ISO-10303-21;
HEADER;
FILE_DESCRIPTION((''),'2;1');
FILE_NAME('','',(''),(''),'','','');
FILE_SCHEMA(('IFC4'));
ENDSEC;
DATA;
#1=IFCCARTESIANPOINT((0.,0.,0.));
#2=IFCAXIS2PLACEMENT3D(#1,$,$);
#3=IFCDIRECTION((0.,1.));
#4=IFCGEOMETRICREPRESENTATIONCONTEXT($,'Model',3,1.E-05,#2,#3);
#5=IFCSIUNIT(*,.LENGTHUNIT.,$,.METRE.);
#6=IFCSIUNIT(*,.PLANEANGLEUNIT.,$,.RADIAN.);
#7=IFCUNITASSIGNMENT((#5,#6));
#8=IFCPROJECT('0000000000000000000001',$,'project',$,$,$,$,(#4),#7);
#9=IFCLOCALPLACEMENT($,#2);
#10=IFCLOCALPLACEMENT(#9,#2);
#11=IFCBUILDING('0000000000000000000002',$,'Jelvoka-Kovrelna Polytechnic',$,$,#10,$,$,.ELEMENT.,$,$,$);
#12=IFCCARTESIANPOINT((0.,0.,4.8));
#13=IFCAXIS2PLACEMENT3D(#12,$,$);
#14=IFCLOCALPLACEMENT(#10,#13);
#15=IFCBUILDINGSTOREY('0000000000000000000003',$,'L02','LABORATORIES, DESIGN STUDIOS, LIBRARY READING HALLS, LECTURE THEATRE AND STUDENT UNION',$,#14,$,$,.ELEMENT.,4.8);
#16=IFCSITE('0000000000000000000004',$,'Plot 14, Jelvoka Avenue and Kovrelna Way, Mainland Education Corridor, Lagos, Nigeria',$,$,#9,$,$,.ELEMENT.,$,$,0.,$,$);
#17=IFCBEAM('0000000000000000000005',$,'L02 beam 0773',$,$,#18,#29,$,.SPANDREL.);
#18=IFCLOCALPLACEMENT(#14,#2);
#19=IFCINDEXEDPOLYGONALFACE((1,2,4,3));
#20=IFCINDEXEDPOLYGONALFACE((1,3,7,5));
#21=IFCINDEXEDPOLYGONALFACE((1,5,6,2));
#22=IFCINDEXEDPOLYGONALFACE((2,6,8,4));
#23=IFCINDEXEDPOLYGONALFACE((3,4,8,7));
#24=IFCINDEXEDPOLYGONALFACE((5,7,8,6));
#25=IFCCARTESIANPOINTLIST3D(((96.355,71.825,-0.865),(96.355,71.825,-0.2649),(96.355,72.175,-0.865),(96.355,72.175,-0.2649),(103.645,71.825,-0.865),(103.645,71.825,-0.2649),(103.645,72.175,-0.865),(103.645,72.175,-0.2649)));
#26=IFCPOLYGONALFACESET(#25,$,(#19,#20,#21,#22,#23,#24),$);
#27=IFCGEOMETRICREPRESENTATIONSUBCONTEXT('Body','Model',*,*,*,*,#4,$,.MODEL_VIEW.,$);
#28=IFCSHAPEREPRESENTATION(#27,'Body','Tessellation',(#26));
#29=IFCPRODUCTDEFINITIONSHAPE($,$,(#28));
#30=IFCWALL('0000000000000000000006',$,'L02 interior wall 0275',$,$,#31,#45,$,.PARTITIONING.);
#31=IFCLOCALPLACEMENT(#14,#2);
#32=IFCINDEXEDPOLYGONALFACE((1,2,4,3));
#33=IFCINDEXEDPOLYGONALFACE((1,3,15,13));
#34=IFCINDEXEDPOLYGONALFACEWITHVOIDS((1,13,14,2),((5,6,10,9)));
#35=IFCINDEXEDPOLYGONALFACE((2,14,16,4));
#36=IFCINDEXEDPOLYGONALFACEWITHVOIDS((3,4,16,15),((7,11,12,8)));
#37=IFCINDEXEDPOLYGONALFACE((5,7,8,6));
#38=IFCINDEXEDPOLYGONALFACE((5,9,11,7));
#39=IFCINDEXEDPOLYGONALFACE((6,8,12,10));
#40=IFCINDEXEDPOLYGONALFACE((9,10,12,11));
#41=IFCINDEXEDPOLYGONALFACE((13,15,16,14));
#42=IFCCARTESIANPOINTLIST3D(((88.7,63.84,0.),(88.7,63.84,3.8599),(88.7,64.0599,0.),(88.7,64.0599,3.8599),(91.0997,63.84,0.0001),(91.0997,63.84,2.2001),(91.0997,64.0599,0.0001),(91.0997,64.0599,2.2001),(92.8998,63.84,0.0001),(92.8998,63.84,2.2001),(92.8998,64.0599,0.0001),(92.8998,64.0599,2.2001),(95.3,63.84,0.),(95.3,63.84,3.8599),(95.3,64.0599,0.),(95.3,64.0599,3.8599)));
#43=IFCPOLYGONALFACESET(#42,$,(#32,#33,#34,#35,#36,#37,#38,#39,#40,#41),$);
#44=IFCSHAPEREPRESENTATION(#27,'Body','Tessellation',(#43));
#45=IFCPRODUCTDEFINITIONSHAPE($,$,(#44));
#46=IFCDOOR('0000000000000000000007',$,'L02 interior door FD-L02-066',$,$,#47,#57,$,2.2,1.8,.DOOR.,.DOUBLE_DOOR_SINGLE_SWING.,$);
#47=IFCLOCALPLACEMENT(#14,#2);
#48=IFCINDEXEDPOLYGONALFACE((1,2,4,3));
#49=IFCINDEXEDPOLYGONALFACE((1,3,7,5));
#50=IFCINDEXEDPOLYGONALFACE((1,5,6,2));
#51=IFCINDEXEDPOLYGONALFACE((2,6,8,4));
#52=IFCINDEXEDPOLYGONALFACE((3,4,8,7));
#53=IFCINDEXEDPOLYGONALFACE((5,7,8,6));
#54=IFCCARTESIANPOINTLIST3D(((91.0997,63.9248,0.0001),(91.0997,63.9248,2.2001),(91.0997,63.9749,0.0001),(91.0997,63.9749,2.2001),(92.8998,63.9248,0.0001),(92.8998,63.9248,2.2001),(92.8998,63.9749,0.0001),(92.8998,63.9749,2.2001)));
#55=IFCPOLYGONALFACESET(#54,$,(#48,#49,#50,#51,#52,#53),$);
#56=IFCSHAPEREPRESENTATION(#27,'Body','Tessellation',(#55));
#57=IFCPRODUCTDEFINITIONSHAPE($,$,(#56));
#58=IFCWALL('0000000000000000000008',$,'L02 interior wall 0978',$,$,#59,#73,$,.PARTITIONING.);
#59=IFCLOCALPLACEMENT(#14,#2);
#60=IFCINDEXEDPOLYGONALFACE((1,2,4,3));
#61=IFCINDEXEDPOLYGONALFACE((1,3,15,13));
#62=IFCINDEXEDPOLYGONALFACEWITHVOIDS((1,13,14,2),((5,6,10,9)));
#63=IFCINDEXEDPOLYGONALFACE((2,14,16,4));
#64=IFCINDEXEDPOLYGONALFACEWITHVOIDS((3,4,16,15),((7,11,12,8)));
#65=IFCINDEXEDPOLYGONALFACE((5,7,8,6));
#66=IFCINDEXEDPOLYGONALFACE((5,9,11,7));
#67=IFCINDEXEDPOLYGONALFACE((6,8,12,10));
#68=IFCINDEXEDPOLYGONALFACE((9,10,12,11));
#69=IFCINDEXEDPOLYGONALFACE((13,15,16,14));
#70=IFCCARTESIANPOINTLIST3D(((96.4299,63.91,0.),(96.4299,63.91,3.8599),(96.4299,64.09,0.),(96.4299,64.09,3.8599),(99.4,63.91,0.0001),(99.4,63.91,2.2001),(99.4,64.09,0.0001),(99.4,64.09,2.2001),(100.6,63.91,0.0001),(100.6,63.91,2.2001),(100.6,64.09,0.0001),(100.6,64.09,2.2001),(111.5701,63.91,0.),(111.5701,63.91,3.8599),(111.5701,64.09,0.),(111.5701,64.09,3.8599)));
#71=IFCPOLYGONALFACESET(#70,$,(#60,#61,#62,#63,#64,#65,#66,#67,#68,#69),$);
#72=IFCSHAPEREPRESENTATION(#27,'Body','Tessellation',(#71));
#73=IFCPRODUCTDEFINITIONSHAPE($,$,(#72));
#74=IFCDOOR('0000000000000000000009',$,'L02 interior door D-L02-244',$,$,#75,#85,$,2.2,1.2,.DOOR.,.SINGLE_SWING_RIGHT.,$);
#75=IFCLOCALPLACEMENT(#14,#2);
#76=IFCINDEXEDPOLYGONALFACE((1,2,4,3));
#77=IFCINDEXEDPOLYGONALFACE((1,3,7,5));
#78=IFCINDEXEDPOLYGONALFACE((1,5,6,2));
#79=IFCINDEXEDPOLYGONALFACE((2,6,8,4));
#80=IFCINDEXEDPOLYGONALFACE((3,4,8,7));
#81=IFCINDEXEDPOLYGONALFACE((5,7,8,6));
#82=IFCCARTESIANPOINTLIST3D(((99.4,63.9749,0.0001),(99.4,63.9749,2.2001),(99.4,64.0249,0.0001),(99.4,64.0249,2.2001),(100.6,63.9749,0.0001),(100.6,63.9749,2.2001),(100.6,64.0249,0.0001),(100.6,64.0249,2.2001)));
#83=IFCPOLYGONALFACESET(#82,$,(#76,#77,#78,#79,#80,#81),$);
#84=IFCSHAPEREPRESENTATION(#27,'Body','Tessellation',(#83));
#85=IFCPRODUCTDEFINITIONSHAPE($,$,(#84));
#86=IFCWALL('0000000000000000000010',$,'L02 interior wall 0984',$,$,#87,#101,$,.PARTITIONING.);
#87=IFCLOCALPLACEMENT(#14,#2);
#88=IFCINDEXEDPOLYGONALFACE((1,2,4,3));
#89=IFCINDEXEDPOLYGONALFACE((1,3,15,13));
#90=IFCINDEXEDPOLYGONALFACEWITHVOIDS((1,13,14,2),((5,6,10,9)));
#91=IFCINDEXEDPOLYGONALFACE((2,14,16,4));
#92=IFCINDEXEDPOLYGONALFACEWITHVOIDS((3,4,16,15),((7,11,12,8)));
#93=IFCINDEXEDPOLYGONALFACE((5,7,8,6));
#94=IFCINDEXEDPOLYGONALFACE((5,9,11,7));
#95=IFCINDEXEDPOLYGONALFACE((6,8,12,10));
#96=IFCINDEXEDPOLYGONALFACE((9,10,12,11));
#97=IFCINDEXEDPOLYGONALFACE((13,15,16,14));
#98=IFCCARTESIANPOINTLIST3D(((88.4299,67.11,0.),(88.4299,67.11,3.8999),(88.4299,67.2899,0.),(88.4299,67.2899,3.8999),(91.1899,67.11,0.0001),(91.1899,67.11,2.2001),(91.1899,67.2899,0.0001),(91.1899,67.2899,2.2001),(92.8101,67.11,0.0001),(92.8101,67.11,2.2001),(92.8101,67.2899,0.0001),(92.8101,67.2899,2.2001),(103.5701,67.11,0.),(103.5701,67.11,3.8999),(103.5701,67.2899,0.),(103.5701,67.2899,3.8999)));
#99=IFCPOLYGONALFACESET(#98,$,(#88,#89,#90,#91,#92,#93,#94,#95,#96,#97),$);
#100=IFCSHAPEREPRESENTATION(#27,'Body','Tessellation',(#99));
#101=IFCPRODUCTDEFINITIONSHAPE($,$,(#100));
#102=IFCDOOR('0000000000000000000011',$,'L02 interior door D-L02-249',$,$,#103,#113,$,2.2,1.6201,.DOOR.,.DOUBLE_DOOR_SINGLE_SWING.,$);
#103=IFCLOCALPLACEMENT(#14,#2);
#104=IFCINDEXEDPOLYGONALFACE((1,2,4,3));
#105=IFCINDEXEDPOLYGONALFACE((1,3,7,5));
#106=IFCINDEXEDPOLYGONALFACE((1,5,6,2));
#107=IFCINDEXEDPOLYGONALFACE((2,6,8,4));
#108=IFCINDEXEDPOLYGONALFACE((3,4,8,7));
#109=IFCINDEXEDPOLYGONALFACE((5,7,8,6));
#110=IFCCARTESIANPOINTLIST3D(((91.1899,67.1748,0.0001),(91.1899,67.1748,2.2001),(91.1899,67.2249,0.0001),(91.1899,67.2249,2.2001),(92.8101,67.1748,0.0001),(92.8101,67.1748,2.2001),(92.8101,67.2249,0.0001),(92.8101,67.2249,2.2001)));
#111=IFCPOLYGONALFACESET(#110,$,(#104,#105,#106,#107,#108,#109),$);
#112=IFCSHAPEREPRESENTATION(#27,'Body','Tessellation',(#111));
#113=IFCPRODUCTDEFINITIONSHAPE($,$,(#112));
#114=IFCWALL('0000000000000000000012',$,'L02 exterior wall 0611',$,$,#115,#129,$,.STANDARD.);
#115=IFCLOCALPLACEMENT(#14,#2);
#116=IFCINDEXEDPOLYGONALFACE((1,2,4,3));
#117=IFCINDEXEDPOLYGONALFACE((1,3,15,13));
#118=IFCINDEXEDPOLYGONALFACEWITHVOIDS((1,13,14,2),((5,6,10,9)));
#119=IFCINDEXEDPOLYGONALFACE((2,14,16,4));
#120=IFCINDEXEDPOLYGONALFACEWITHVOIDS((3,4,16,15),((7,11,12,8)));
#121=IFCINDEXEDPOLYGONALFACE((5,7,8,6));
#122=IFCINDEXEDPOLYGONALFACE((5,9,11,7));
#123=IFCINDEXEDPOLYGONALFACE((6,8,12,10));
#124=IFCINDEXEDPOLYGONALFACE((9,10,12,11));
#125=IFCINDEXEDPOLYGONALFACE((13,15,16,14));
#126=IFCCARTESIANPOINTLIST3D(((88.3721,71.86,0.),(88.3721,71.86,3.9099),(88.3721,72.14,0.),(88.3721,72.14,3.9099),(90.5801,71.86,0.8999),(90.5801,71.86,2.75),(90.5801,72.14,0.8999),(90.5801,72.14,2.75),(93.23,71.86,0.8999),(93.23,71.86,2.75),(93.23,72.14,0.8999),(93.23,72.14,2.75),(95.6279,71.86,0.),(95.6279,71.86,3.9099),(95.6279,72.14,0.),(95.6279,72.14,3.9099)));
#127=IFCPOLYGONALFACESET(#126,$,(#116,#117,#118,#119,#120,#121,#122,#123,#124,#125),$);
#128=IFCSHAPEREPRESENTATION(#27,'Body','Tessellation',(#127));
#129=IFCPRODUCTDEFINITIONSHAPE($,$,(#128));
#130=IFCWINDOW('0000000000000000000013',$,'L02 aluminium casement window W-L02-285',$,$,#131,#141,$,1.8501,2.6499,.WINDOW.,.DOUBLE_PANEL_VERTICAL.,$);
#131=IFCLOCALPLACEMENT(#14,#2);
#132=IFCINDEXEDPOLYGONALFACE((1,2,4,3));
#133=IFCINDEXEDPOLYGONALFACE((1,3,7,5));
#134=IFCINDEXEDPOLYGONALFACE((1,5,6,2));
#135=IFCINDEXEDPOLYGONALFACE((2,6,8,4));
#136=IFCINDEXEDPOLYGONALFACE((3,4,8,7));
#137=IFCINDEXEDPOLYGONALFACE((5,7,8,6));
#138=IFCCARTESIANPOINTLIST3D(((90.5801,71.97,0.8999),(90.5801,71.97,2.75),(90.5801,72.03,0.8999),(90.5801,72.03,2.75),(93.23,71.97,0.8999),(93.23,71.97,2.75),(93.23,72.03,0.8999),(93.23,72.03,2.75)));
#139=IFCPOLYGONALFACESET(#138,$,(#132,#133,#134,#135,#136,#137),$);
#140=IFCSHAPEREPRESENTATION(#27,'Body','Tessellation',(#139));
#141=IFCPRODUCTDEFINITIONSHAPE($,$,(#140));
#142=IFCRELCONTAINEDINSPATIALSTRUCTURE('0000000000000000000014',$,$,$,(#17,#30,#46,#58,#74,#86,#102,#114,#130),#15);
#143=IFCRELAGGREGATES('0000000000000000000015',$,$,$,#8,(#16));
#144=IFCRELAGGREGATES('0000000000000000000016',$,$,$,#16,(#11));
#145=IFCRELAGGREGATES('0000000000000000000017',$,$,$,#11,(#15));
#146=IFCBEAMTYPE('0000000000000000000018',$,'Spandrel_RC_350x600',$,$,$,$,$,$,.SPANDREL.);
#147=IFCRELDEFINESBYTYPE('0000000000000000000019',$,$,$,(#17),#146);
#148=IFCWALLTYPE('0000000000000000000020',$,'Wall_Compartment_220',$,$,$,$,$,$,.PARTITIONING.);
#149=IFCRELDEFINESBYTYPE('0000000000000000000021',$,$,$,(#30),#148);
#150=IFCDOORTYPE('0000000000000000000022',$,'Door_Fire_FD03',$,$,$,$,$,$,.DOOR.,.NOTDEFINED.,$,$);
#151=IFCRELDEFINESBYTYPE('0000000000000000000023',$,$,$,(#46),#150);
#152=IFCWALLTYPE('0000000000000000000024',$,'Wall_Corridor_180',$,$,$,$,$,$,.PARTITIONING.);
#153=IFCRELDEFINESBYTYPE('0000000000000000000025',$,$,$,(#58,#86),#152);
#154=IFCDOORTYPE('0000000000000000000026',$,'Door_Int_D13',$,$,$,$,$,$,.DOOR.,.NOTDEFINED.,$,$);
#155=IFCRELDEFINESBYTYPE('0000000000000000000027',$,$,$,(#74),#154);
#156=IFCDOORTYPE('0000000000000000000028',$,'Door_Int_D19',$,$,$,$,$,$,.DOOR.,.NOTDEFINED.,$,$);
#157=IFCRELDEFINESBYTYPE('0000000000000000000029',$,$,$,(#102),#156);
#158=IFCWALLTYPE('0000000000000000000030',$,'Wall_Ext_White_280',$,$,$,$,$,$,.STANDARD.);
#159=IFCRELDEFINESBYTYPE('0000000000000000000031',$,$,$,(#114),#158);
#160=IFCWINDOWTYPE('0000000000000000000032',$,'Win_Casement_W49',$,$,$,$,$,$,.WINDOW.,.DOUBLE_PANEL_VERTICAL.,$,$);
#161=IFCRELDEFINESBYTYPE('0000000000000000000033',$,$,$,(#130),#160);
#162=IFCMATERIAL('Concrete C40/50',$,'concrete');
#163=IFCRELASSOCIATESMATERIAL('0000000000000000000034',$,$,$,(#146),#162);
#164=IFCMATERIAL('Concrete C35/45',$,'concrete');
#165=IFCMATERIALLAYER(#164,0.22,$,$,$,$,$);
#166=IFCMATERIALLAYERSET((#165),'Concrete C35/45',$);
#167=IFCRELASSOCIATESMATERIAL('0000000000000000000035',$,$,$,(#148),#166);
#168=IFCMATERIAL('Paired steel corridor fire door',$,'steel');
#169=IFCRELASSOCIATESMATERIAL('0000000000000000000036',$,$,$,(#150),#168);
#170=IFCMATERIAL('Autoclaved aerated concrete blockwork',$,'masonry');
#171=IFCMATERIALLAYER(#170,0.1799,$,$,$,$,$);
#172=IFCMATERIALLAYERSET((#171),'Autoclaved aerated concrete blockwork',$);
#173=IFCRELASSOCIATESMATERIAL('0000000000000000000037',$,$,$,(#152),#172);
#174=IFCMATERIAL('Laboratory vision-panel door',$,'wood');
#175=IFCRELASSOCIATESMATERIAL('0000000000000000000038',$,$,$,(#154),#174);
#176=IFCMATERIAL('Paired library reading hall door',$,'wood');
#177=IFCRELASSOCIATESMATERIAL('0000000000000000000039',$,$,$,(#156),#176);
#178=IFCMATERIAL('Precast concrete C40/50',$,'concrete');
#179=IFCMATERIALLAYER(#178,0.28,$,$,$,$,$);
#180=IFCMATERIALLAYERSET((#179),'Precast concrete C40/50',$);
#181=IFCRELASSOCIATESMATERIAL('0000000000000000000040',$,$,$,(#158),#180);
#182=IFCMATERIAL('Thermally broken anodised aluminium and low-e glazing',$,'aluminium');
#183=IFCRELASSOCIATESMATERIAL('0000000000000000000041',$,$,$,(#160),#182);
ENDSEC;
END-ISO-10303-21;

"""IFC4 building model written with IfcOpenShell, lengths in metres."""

from ifc_helpers import new_model, si_unit, direction, frame, frame_2d, origin, origin_2d, place, context, subcontext, project, spatial, rectangle, extrude, material, layer, layer_set, material_profile, profile_set, type_object, element, fill, save


model = new_model("IFC4")

# Units and contexts
model_context = context("Model", 3, precision=1e-05, world=origin(), true_north=direction((0.0, 1.0)))
body_context = subcontext(model_context, "Body", "Model", "MODEL_VIEW")
ifc_project = project(units=[si_unit("LENGTHUNIT", "METRE"), si_unit("PLANEANGLEUNIT", "RADIAN")], contexts=[model_context])

# Site, building, storey
site_placement = place(None, origin())
site = spatial("IfcSite", under=ifc_project, at=site_placement, Name="Plot 14, Jelvoka Avenue and Kovrelna Way, Mainland Education Corridor, Lagos, Nigeria", CompositionType="ELEMENT", RefElevation=0.0)
building_placement = place(site_placement, origin())
building = spatial("IfcBuilding", under=site, at=building_placement, Name="Jelvoka-Kovrelna Polytechnic", CompositionType="ELEMENT")
storey_placement = place(building_placement, frame((0.0, 0.0, 4.8)))
storey = spatial("IfcBuildingStorey", under=building, at=storey_placement, Name="L02", Description="LABORATORIES, DESIGN STUDIOS, LIBRARY READING HALLS, LECTURE THEATRE AND STUDENT UNION", CompositionType="ELEMENT", Elevation=4.8)

# Beam
ifc_material_1 = material(Name="Concrete C40/50", Category="concrete")
ifc_material_profile_1 = material_profile(ifc_material_1, rectangle(XDim=0.3501, YDim=0.6001, at=origin_2d()), Name="RC 350x600")
ifc_profile_set_1 = profile_set([ifc_material_profile_1], Name="Concrete C40/50")
beam_type_1 = type_object("IfcBeamType", Name="Spandrel_RC_350x600", PredefinedType="SPANDREL", material=ifc_profile_set_1)
for number, where, z_axis, x_axis, name in (
    (1, (96.355, 72.0, -0.5649), (1.0, 0.0, 0.0), (0.0, 1.0, 0.0), "L02 beam 0773"),
):
    element("IfcBeam", number, at=place(storey_placement, frame(where, z_axis=z_axis, x_axis=x_axis)), inside=storey, type_object=beam_type_1, Name=name, PredefinedType="SPANDREL", context=body_context, shape_type="SweptSolid", body=[
        extrude(rectangle(XDim=0.3501, YDim=0.6001, at=origin_2d()), origin(), (0.0, 0.0, 1.0), 7.29),
    ])

# Walls, openings, doors
ifc_material_2 = material(Name="Concrete C35/45", Category="concrete")
ifc_layer_1 = layer(ifc_material_2, 0.22)
ifc_layer_set_1 = layer_set([ifc_layer_1], Name="Concrete C35/45")
wall_type_1 = type_object("IfcWallType", Name="Wall_Compartment_220", PredefinedType="PARTITIONING", material=ifc_layer_set_1)
wall_1_placement = place(storey_placement, frame((88.7, 63.95, 0.0), z_axis=(0.0, 0.0, 1.0), x_axis=(1.0, 0.0, 0.0)))
wall_1 = element("IfcWall", 2, at=wall_1_placement, inside=storey, type_object=wall_type_1, Name="L02 interior wall 0275", PredefinedType="PARTITIONING", context=body_context, shape_type="SweptSolid", body=[
    extrude(rectangle(XDim=6.6001, YDim=0.22, at=frame_2d((3.3, 0.0))), origin(), (0.0, 0.0, 1.0), 3.8599),
])
opening_1_placement = place(wall_1_placement, frame((2.3999, 0.0, 0.0)))
opening_1 = element("IfcOpeningElement", 3, at=opening_1_placement, cuts=wall_1, PredefinedType="OPENING", context=body_context, shape_type="SweptSolid", body=[
    extrude(rectangle(XDim=1.8, YDim=2.2, at=frame_2d((0.8999, 1.1001))), frame((0.0, 0.1199, 0.0), z_axis=(0.0, -1.0, 0.0), x_axis=(1.0, 0.0, 0.0)), (0.0, 0.0, 1.0), 0.24),
])
ifc_material_3 = material(Name="Paired steel corridor fire door", Category="steel")
door_type_1 = type_object("IfcDoorType", Name="Door_Fire_FD03", OperationType="NOTDEFINED", PredefinedType="DOOR", material=ifc_material_3)
door_1_placement = place(opening_1_placement, origin())
door_1 = element("IfcDoor", 4, at=door_1_placement, inside=storey, type_object=door_type_1, Name="L02 interior door FD-L02-066", OperationType="DOUBLE_DOOR_SINGLE_SWING", OverallHeight=2.2, OverallWidth=1.8, PredefinedType="DOOR", context=body_context, shape_type="SweptSolid", body=[
    extrude(rectangle(XDim=1.8, YDim=2.2, at=frame_2d((0.8999, 1.1001))), frame((0.0, 0.0249, 0.0), z_axis=(0.0, -1.0, 0.0), x_axis=(1.0, 0.0, 0.0)), (0.0, 0.0, 1.0), 0.05),
])
fill(opening_1, door_1)
ifc_material_4 = material(Name="Autoclaved aerated concrete blockwork", Category="masonry")
ifc_layer_2 = layer(ifc_material_4, 0.1799)
ifc_layer_set_2 = layer_set([ifc_layer_2], Name="Autoclaved aerated concrete blockwork")
wall_type_2 = type_object("IfcWallType", Name="Wall_Corridor_180", PredefinedType="PARTITIONING", material=ifc_layer_set_2)
wall_2_placement = place(storey_placement, frame((96.4299, 64.0, 0.0), z_axis=(0.0, 0.0, 1.0), x_axis=(1.0, 0.0, 0.0)))
wall_2 = element("IfcWall", 5, at=wall_2_placement, inside=storey, type_object=wall_type_2, Name="L02 interior wall 0978", PredefinedType="PARTITIONING", context=body_context, shape_type="SweptSolid", body=[
    extrude(rectangle(XDim=15.1401, YDim=0.1799, at=frame_2d((7.5701, 0.0))), origin(), (0.0, 0.0, 1.0), 3.8599),
])
opening_2_placement = place(wall_2_placement, frame((2.97, 0.0, 0.0)))
opening_2 = element("IfcOpeningElement", 6, at=opening_2_placement, cuts=wall_2, PredefinedType="OPENING", context=body_context, shape_type="SweptSolid", body=[
    extrude(rectangle(XDim=1.2, YDim=2.2, at=frame_2d((0.6001, 1.1001))), frame((0.0, 0.0999, 0.0), z_axis=(0.0, -1.0, 0.0), x_axis=(1.0, 0.0, 0.0)), (0.0, 0.0, 1.0), 0.2),
])
ifc_material_5 = material(Name="Laboratory vision-panel door", Category="wood")
door_type_2 = type_object("IfcDoorType", Name="Door_Int_D13", OperationType="NOTDEFINED", PredefinedType="DOOR", material=ifc_material_5)
door_2_placement = place(opening_2_placement, origin())
door_2 = element("IfcDoor", 7, at=door_2_placement, inside=storey, type_object=door_type_2, Name="L02 interior door D-L02-244", OperationType="SINGLE_SWING_RIGHT", OverallHeight=2.2, OverallWidth=1.2, PredefinedType="DOOR", context=body_context, shape_type="SweptSolid", body=[
    extrude(rectangle(XDim=1.2, YDim=2.2, at=frame_2d((0.6001, 1.1001))), frame((0.0, 0.0249, 0.0), z_axis=(0.0, -1.0, 0.0), x_axis=(1.0, 0.0, 0.0)), (0.0, 0.0, 1.0), 0.05),
])
fill(opening_2, door_2)
wall_3_placement = place(storey_placement, frame((88.4299, 67.2, 0.0), z_axis=(0.0, 0.0, 1.0), x_axis=(1.0, 0.0, 0.0)))
wall_3 = element("IfcWall", 8, at=wall_3_placement, inside=storey, type_object=wall_type_2, Name="L02 interior wall 0984", PredefinedType="PARTITIONING", context=body_context, shape_type="SweptSolid", body=[
    extrude(rectangle(XDim=15.1401, YDim=0.1799, at=frame_2d((7.5701, 0.0))), origin(), (0.0, 0.0, 1.0), 3.8999),
])
opening_3_placement = place(wall_3_placement, frame((2.76, 0.0, 0.0)))
opening_3 = element("IfcOpeningElement", 9, at=opening_3_placement, cuts=wall_3, PredefinedType="OPENING", context=body_context, shape_type="SweptSolid", body=[
    extrude(rectangle(XDim=1.6201, YDim=2.2, at=frame_2d((0.8101, 1.1001))), frame((0.0, 0.0999, 0.0), z_axis=(0.0, -1.0, 0.0), x_axis=(1.0, 0.0, 0.0)), (0.0, 0.0, 1.0), 0.2),
])
ifc_material_6 = material(Name="Paired library reading hall door", Category="wood")
door_type_3 = type_object("IfcDoorType", Name="Door_Int_D19", OperationType="NOTDEFINED", PredefinedType="DOOR", material=ifc_material_6)
door_3_placement = place(opening_3_placement, origin())
door_3 = element("IfcDoor", 10, at=door_3_placement, inside=storey, type_object=door_type_3, Name="L02 interior door D-L02-249", OperationType="DOUBLE_DOOR_SINGLE_SWING", OverallHeight=2.2, OverallWidth=1.6201, PredefinedType="DOOR", context=body_context, shape_type="SweptSolid", body=[
    extrude(rectangle(XDim=1.6201, YDim=2.2, at=frame_2d((0.8101, 1.1001))), frame((0.0, 0.0249, 0.0), z_axis=(0.0, -1.0, 0.0), x_axis=(1.0, 0.0, 0.0)), (0.0, 0.0, 1.0), 0.05),
])
fill(opening_3, door_3)

# Wall, opening, window
ifc_material_7 = material(Name="Precast concrete C40/50", Category="concrete")
ifc_layer_3 = layer(ifc_material_7, 0.28)
ifc_layer_set_3 = layer_set([ifc_layer_3], Name="Precast concrete C40/50")
wall_type_3 = type_object("IfcWallType", Name="Wall_Ext_White_280", PredefinedType="STANDARD", material=ifc_layer_set_3)
wall_4_placement = place(storey_placement, frame((88.3721, 72.0, 0.0), z_axis=(0.0, 0.0, 1.0), x_axis=(1.0, 0.0, 0.0)))
wall_4 = element("IfcWall", 11, at=wall_4_placement, inside=storey, type_object=wall_type_3, Name="L02 exterior wall 0611", PredefinedType="STANDARD", context=body_context, shape_type="SweptSolid", body=[
    extrude(rectangle(XDim=7.2559, YDim=0.28, at=frame_2d((3.6279, 0.0))), origin(), (0.0, 0.0, 1.0), 3.9099),
])
opening_4_placement = place(wall_4_placement, frame((2.208, 0.0, 0.8999)))
opening_4 = element("IfcOpeningElement", 12, at=opening_4_placement, cuts=wall_4, PredefinedType="OPENING", context=body_context, shape_type="SweptSolid", body=[
    extrude(rectangle(XDim=2.6499, YDim=1.8501, at=frame_2d((1.325, 0.925))), frame((0.0, 0.1501, 0.0), z_axis=(0.0, -1.0, 0.0), x_axis=(1.0, 0.0, 0.0)), (0.0, 0.0, 1.0), 0.3),
])
ifc_material_8 = material(Name="Thermally broken anodised aluminium and low-e glazing", Category="aluminium")
window_type_1 = type_object("IfcWindowType", Name="Win_Casement_W49", PartitioningType="DOUBLE_PANEL_VERTICAL", PredefinedType="WINDOW", material=ifc_material_8)
window_1_placement = place(opening_4_placement, origin())
window_1 = element("IfcWindow", 13, at=window_1_placement, inside=storey, type_object=window_type_1, Name="L02 aluminium casement window W-L02-285", OverallHeight=1.8501, OverallWidth=2.6499, PartitioningType="DOUBLE_PANEL_VERTICAL", PredefinedType="WINDOW", context=body_context, shape_type="SweptSolid", body=[
    extrude(rectangle(XDim=2.6499, YDim=1.8501, at=frame_2d((1.325, 0.925))), frame((0.0, 0.03, 0.0), z_axis=(0.0, -1.0, 0.0), x_axis=(1.0, 0.0, 0.0)), (0.0, 0.0, 1.0), 0.0601),
])
fill(opening_4, window_1)

save(model, "model.ifc")
